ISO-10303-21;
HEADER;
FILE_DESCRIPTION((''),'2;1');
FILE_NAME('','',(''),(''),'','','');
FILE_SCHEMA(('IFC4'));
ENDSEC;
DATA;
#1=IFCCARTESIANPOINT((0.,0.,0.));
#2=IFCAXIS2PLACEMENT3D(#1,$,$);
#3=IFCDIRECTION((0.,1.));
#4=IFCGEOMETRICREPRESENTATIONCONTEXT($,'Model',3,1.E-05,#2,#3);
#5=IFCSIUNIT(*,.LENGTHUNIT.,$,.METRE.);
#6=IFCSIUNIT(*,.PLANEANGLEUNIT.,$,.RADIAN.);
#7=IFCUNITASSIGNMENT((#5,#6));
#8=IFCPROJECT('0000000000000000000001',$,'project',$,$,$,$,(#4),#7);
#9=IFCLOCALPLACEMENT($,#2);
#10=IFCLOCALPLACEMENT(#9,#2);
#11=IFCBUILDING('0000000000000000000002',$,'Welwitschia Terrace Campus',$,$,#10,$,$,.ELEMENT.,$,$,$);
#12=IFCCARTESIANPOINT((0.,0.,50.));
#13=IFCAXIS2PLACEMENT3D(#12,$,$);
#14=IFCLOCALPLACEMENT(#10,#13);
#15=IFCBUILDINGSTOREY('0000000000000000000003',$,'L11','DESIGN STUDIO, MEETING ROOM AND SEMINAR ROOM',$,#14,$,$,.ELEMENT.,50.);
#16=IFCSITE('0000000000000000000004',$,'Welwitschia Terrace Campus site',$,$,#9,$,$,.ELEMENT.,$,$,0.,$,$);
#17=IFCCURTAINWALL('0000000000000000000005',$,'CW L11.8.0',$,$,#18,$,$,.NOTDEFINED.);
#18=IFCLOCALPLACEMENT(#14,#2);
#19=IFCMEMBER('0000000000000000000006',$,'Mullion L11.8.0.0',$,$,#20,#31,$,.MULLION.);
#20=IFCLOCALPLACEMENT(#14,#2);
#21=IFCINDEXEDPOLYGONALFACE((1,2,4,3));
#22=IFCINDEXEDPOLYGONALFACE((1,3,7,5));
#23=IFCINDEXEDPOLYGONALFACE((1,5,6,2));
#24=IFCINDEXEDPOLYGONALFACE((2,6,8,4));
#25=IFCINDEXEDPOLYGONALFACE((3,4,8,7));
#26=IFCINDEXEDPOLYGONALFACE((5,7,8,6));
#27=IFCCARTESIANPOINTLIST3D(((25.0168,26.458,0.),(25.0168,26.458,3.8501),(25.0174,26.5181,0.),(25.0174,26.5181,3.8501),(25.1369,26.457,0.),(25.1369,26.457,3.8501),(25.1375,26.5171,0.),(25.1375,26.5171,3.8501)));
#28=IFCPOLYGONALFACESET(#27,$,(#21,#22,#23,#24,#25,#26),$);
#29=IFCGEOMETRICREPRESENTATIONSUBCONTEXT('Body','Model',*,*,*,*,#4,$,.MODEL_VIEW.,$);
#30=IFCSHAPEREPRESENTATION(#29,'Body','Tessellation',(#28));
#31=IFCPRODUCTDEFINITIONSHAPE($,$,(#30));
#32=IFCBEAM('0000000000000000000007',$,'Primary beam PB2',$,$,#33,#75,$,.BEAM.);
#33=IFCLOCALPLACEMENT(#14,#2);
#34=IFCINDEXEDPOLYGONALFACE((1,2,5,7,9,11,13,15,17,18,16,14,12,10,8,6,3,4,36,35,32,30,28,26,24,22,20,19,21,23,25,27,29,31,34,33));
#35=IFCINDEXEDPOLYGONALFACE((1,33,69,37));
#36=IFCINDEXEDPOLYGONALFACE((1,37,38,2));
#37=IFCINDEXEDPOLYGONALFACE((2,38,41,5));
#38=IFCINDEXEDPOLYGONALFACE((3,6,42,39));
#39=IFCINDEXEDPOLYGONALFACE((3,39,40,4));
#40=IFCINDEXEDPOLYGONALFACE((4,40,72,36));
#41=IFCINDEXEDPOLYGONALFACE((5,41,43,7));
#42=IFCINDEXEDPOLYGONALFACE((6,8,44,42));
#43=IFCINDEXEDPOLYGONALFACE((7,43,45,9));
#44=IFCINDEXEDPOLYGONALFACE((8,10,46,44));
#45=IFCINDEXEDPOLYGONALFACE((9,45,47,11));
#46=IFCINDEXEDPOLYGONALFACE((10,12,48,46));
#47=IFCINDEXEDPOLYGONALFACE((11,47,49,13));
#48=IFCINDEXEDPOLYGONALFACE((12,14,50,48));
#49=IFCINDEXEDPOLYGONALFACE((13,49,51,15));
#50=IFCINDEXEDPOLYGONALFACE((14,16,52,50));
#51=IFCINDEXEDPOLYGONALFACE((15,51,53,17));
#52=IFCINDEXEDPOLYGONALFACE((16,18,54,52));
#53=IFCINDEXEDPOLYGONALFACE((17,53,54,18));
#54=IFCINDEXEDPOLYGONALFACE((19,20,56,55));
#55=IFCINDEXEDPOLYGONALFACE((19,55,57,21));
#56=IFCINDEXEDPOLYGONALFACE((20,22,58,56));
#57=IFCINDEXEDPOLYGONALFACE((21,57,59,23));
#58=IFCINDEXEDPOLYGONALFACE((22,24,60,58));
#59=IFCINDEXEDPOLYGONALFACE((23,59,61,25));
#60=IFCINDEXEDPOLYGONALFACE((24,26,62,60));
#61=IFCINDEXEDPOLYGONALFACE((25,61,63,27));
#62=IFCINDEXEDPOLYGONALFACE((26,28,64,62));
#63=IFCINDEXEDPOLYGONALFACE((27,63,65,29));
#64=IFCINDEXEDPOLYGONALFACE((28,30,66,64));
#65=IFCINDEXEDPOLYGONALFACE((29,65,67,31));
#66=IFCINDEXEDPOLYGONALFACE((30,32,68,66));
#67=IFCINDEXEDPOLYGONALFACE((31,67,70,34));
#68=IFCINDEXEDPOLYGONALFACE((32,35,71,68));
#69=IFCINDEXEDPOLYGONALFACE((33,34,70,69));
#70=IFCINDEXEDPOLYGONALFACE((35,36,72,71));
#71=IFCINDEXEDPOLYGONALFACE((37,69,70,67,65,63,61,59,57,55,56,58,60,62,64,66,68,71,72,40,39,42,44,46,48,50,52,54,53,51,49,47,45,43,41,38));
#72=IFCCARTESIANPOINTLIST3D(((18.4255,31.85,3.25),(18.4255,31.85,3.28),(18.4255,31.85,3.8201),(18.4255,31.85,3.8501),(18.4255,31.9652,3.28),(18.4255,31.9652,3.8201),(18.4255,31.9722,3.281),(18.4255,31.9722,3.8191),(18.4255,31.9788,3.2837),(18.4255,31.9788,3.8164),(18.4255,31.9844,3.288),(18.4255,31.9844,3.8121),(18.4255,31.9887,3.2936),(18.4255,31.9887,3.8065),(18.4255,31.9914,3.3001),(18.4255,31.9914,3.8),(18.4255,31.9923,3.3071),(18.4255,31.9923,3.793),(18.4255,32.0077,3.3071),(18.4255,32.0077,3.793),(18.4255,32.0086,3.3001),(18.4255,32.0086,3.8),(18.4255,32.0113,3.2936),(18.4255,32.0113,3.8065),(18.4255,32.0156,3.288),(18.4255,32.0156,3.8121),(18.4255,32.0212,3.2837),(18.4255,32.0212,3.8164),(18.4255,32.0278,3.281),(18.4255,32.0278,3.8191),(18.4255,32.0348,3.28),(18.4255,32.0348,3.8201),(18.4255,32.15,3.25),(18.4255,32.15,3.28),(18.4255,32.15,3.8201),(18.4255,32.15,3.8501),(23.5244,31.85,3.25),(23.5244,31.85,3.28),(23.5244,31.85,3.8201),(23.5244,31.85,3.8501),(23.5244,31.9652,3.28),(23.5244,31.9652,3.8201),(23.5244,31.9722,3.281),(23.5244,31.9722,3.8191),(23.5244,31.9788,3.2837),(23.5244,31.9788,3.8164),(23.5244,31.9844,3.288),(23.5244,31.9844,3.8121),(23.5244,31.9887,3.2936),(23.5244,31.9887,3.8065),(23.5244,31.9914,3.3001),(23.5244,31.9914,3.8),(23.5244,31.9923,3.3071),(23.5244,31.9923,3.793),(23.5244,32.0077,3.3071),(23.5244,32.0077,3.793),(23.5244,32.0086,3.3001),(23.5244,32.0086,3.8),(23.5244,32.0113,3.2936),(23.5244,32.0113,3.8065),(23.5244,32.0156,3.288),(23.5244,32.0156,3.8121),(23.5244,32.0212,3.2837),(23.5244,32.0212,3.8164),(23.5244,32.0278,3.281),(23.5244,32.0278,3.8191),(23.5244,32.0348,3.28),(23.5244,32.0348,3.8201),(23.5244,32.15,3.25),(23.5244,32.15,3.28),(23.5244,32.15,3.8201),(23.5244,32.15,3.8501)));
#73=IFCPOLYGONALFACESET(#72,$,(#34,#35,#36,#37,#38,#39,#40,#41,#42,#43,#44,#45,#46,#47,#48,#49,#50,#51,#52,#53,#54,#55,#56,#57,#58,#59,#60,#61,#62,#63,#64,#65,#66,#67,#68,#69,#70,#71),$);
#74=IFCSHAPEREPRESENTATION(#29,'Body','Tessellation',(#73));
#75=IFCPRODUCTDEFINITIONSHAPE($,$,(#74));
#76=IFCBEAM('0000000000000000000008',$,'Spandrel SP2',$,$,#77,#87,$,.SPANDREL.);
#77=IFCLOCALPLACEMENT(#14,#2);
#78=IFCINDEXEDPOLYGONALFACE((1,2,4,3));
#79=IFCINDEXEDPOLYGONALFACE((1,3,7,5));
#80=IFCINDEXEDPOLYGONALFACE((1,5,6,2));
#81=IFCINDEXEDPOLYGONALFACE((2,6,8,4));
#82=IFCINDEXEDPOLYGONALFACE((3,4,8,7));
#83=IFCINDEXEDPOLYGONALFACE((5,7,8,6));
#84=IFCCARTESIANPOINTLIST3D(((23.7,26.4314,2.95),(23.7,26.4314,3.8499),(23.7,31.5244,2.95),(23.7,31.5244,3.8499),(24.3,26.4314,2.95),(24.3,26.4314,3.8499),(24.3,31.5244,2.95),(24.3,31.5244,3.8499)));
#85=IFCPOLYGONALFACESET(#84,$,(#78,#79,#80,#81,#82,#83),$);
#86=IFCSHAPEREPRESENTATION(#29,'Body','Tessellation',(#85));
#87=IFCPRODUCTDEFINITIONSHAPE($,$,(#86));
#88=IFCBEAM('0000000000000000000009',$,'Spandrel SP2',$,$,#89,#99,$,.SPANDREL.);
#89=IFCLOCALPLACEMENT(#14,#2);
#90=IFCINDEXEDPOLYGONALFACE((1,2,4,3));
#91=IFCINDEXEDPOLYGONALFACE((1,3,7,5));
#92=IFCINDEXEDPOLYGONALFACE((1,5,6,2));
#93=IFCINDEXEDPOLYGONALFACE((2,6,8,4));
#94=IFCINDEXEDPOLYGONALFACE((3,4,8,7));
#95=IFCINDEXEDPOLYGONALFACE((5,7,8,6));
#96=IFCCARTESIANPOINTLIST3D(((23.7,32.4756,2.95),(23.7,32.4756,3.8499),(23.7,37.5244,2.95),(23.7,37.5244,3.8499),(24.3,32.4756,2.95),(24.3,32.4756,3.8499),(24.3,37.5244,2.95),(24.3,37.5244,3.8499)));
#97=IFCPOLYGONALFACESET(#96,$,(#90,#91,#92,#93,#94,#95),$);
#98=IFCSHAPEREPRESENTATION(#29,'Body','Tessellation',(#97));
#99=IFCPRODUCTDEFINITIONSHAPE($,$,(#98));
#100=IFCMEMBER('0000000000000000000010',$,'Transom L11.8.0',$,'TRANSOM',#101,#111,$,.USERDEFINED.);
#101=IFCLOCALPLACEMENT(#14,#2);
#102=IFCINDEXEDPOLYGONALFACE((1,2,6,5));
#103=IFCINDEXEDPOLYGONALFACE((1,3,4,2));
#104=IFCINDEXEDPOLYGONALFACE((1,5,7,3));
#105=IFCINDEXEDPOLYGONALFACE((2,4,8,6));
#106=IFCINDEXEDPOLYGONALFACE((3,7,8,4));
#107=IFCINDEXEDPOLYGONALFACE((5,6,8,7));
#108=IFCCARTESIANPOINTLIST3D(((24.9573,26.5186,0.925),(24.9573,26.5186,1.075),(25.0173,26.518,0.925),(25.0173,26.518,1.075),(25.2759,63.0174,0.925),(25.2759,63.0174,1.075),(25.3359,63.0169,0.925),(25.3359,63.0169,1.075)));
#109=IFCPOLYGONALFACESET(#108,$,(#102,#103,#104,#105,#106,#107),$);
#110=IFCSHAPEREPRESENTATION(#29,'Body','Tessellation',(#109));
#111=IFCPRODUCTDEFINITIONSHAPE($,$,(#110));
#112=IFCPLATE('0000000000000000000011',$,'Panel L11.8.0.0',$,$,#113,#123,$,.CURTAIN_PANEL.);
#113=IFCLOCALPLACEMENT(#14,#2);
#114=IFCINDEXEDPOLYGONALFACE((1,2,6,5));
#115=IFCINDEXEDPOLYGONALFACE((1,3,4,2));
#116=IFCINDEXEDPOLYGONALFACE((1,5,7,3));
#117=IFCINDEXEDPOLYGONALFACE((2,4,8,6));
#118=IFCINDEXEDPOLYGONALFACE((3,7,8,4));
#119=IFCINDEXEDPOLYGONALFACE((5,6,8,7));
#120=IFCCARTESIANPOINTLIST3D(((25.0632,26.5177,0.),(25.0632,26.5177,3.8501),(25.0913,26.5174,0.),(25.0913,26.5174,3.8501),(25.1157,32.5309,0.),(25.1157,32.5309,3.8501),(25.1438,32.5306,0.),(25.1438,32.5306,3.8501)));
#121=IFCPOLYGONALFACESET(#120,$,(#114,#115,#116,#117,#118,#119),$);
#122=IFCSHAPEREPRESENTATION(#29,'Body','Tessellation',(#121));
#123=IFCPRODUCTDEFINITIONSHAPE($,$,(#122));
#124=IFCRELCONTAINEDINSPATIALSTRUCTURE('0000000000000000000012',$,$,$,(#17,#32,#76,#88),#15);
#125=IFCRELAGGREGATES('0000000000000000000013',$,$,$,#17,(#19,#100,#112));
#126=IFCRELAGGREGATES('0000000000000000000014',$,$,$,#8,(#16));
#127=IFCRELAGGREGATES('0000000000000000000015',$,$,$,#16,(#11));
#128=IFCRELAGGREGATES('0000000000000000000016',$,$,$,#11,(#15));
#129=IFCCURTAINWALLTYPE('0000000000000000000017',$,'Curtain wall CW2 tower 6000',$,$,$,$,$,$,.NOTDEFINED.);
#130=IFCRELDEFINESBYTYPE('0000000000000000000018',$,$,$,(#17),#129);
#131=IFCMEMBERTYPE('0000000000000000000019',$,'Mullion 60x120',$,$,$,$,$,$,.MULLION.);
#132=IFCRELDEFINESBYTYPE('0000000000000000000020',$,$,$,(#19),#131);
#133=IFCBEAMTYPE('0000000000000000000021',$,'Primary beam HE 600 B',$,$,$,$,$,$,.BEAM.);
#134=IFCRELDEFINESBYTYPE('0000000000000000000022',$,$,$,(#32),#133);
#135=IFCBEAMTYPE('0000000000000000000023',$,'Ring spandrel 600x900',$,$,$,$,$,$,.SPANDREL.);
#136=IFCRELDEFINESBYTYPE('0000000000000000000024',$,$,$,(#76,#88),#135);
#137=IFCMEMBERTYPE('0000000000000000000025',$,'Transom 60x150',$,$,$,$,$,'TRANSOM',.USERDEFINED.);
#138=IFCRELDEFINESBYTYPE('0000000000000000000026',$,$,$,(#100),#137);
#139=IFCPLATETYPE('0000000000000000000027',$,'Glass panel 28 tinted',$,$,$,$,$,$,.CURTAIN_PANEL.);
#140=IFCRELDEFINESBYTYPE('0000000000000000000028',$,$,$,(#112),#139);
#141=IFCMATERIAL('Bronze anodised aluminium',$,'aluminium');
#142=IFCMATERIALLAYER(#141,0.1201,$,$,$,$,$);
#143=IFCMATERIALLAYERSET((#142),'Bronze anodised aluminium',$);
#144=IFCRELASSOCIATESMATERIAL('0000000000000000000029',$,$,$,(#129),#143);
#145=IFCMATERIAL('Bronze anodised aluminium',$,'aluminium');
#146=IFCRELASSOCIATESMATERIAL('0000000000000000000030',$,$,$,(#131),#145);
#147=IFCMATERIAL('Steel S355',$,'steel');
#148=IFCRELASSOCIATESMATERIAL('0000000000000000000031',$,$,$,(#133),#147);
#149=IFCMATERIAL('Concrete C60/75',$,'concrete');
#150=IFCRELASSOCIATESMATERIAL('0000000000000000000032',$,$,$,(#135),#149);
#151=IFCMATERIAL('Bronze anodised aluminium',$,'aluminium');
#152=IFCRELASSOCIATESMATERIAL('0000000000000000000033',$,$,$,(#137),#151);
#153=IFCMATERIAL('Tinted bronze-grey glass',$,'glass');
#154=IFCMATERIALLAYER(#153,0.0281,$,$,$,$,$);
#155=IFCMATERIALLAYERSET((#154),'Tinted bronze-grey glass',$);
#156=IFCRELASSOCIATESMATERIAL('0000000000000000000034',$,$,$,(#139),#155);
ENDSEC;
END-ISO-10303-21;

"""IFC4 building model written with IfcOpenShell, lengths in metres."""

from ifc_helpers import new_model, si_unit, direction, frame, origin, origin_2d, place, context, subcontext, project, spatial, rectangle, i_section, extrude, material, layer, layer_set, material_profile, profile_set, type_object, element, aggregate, save


model = new_model("IFC4")

# Units and contexts
model_context = context("Model", 3, precision=1e-05, world=origin(), true_north=direction((0.0, 1.0)))
body_context = subcontext(model_context, "Body", "Model", "MODEL_VIEW")
ifc_project = project(units=[si_unit("LENGTHUNIT", "METRE"), si_unit("PLANEANGLEUNIT", "RADIAN")], contexts=[model_context])

# Site, building, storey
site_placement = place(None, origin())
site = spatial("IfcSite", under=ifc_project, at=site_placement, Name="Welwitschia Terrace Campus site", CompositionType="ELEMENT", RefElevation=0.0)
building_placement = place(site_placement, origin())
building = spatial("IfcBuilding", under=site, at=building_placement, Name="Welwitschia Terrace Campus", CompositionType="ELEMENT")
storey_placement = place(building_placement, frame((0.0, 0.0, 50.0)))
storey = spatial("IfcBuildingStorey", under=building, at=storey_placement, Name="L11", Description="DESIGN STUDIO, MEETING ROOM AND SEMINAR ROOM", CompositionType="ELEMENT", Elevation=50.0)

# Curtain wall, member
ifc_material_1 = material(Name="Bronze anodised aluminium", Category="aluminium")
ifc_layer_1 = layer(ifc_material_1, 0.1201)
ifc_layer_set_1 = layer_set([ifc_layer_1], Name="Bronze anodised aluminium")
curtain_wall_type = type_object("IfcCurtainWallType", Name="Curtain wall CW2 tower 6000", PredefinedType="NOTDEFINED", material=ifc_layer_set_1)
ifc_material_2 = material(Name="Bronze anodised aluminium", Category="aluminium")
ifc_material_profile_1 = material_profile(ifc_material_2, rectangle(XDim=0.1201, YDim=0.0601, at=origin_2d()))
ifc_profile_set_1 = profile_set([ifc_material_profile_1], Name="Bronze anodised aluminium")
member_type_1 = type_object("IfcMemberType", Name="Mullion 60x120", PredefinedType="MULLION", material=ifc_profile_set_1)
curtain_wall_1_placement = place(storey_placement, origin())
curtain_wall_1 = element("IfcCurtainWall", 1, at=curtain_wall_1_placement, inside=storey, type_object=curtain_wall_type, Name="CW L11.8.0", PredefinedType="NOTDEFINED")
member_1_placement = place(storey_placement, frame((25.0771, 26.4875, 0.0), z_axis=(0.0, 0.0, 1.0), x_axis=(-0.999962, 0.008727, 0.0)))
member_1 = element("IfcMember", 2, at=member_1_placement, type_object=member_type_1, Name="Mullion L11.8.0.0", PredefinedType="MULLION", context=body_context, shape_type="SweptSolid", body=[
    extrude(rectangle(XDim=0.1201, YDim=0.0601, at=origin_2d()), origin(), (0.0, 0.0, 1.0), 3.8501),
])

# Beams
ifc_material_3 = material(Name="Steel S355", Category="steel")
ifc_material_profile_2 = material_profile(ifc_material_3, i_section(OverallWidth=0.3, OverallDepth=0.6001, WebThickness=0.0154, FlangeThickness=0.03, FilletRadius=0.0271, at=origin_2d()))
ifc_profile_set_2 = profile_set([ifc_material_profile_2], Name="Steel S355")
beam_type_1 = type_object("IfcBeamType", Name="Primary beam HE 600 B", PredefinedType="BEAM", material=ifc_profile_set_2)
beam_1_placement = place(storey_placement, frame((23.5244, 32.0, 3.55), z_axis=(-1.0, 0.0, 0.0), x_axis=(0.0, -1.0, 0.0)))
element("IfcBeam", 3, at=beam_1_placement, inside=storey, type_object=beam_type_1, Name="Primary beam PB2", PredefinedType="BEAM", context=body_context, shape_type="SweptSolid", body=[
    extrude(i_section(OverallWidth=0.3, OverallDepth=0.6001, WebThickness=0.0154, FlangeThickness=0.03, FilletRadius=0.0271, at=origin_2d()), origin(), (0.0, 0.0, 1.0), 5.0989),
])
ifc_material_4 = material(Name="Concrete C60/75", Category="concrete")
ifc_material_profile_3 = material_profile(ifc_material_4, rectangle(XDim=0.6001, YDim=0.8999, at=origin_2d()))
ifc_profile_set_3 = profile_set([ifc_material_profile_3], Name="Concrete C60/75")
beam_type_2 = type_object("IfcBeamType", Name="Ring spandrel 600x900", PredefinedType="SPANDREL", material=ifc_profile_set_3)
beam_2_placement = place(storey_placement, frame((24.0, 26.4314, 3.3999), z_axis=(0.0, 1.0, 0.0), x_axis=(-1.0, 0.0, 0.0)))
element("IfcBeam", 4, at=beam_2_placement, inside=storey, type_object=beam_type_2, Name="Spandrel SP2", PredefinedType="SPANDREL", context=body_context, shape_type="SweptSolid", body=[
    extrude(rectangle(XDim=0.6001, YDim=0.8999, at=origin_2d()), origin(), (0.0, 0.0, 1.0), 5.093),
])
beam_3_placement = place(storey_placement, frame((24.0, 32.4756, 3.3999), z_axis=(0.0, 1.0, 0.0), x_axis=(-1.0, 0.0, 0.0)))
element("IfcBeam", 5, at=beam_3_placement, inside=storey, type_object=beam_type_2, Name="Spandrel SP2", PredefinedType="SPANDREL", context=body_context, shape_type="SweptSolid", body=[
    extrude(rectangle(XDim=0.6001, YDim=0.8999, at=origin_2d()), origin(), (0.0, 0.0, 1.0), 5.0488),
])

# Member
ifc_material_5 = material(Name="Bronze anodised aluminium", Category="aluminium")
ifc_material_profile_4 = material_profile(ifc_material_5, rectangle(XDim=0.0601, YDim=0.1499, at=origin_2d()))
ifc_profile_set_4 = profile_set([ifc_material_profile_4], Name="Bronze anodised aluminium")
member_type_2 = type_object("IfcMemberType", Name="Transom 60x150", ElementType="TRANSOM", PredefinedType="USERDEFINED", material=ifc_profile_set_4)
member_2_placement = place(storey_placement, frame((24.9873, 26.5183, 1.0), z_axis=(0.008729, 0.999962, 0.0), x_axis=(-0.999962, 0.008729, 0.0)))
member_2 = element("IfcMember", 6, at=member_2_placement, type_object=member_type_2, Name="Transom L11.8.0", ObjectType="TRANSOM", PredefinedType="USERDEFINED", context=body_context, shape_type="SweptSolid", body=[
    extrude(rectangle(XDim=0.0601, YDim=0.1499, at=origin_2d()), origin(), (0.0, 0.0, 1.0), 36.5002),
])

# Plate
ifc_material_6 = material(Name="Tinted bronze-grey glass", Category="glass")
ifc_layer_2 = layer(ifc_material_6, 0.0281)
ifc_layer_set_2 = layer_set([ifc_layer_2], Name="Tinted bronze-grey glass")
plate_type = type_object("IfcPlateType", Name="Glass panel 28 tinted", PredefinedType="CURTAIN_PANEL", material=ifc_layer_set_2)
plate_placement = place(storey_placement, frame((25.1035, 29.5242, 0.0), z_axis=(0.0, 0.0, 1.0), x_axis=(0.008727, 0.999962, 0.0)))
plate = element("IfcPlate", 7, at=plate_placement, type_object=plate_type, Name="Panel L11.8.0.0", PredefinedType="CURTAIN_PANEL", context=body_context, shape_type="SweptSolid", body=[
    extrude(rectangle(XDim=6.0134, YDim=0.0281, at=origin_2d()), origin(), (0.0, 0.0, 1.0), 3.8501),
])
aggregate(curtain_wall_1, [member_1, member_2, plate])

save(model, "model.ifc")
